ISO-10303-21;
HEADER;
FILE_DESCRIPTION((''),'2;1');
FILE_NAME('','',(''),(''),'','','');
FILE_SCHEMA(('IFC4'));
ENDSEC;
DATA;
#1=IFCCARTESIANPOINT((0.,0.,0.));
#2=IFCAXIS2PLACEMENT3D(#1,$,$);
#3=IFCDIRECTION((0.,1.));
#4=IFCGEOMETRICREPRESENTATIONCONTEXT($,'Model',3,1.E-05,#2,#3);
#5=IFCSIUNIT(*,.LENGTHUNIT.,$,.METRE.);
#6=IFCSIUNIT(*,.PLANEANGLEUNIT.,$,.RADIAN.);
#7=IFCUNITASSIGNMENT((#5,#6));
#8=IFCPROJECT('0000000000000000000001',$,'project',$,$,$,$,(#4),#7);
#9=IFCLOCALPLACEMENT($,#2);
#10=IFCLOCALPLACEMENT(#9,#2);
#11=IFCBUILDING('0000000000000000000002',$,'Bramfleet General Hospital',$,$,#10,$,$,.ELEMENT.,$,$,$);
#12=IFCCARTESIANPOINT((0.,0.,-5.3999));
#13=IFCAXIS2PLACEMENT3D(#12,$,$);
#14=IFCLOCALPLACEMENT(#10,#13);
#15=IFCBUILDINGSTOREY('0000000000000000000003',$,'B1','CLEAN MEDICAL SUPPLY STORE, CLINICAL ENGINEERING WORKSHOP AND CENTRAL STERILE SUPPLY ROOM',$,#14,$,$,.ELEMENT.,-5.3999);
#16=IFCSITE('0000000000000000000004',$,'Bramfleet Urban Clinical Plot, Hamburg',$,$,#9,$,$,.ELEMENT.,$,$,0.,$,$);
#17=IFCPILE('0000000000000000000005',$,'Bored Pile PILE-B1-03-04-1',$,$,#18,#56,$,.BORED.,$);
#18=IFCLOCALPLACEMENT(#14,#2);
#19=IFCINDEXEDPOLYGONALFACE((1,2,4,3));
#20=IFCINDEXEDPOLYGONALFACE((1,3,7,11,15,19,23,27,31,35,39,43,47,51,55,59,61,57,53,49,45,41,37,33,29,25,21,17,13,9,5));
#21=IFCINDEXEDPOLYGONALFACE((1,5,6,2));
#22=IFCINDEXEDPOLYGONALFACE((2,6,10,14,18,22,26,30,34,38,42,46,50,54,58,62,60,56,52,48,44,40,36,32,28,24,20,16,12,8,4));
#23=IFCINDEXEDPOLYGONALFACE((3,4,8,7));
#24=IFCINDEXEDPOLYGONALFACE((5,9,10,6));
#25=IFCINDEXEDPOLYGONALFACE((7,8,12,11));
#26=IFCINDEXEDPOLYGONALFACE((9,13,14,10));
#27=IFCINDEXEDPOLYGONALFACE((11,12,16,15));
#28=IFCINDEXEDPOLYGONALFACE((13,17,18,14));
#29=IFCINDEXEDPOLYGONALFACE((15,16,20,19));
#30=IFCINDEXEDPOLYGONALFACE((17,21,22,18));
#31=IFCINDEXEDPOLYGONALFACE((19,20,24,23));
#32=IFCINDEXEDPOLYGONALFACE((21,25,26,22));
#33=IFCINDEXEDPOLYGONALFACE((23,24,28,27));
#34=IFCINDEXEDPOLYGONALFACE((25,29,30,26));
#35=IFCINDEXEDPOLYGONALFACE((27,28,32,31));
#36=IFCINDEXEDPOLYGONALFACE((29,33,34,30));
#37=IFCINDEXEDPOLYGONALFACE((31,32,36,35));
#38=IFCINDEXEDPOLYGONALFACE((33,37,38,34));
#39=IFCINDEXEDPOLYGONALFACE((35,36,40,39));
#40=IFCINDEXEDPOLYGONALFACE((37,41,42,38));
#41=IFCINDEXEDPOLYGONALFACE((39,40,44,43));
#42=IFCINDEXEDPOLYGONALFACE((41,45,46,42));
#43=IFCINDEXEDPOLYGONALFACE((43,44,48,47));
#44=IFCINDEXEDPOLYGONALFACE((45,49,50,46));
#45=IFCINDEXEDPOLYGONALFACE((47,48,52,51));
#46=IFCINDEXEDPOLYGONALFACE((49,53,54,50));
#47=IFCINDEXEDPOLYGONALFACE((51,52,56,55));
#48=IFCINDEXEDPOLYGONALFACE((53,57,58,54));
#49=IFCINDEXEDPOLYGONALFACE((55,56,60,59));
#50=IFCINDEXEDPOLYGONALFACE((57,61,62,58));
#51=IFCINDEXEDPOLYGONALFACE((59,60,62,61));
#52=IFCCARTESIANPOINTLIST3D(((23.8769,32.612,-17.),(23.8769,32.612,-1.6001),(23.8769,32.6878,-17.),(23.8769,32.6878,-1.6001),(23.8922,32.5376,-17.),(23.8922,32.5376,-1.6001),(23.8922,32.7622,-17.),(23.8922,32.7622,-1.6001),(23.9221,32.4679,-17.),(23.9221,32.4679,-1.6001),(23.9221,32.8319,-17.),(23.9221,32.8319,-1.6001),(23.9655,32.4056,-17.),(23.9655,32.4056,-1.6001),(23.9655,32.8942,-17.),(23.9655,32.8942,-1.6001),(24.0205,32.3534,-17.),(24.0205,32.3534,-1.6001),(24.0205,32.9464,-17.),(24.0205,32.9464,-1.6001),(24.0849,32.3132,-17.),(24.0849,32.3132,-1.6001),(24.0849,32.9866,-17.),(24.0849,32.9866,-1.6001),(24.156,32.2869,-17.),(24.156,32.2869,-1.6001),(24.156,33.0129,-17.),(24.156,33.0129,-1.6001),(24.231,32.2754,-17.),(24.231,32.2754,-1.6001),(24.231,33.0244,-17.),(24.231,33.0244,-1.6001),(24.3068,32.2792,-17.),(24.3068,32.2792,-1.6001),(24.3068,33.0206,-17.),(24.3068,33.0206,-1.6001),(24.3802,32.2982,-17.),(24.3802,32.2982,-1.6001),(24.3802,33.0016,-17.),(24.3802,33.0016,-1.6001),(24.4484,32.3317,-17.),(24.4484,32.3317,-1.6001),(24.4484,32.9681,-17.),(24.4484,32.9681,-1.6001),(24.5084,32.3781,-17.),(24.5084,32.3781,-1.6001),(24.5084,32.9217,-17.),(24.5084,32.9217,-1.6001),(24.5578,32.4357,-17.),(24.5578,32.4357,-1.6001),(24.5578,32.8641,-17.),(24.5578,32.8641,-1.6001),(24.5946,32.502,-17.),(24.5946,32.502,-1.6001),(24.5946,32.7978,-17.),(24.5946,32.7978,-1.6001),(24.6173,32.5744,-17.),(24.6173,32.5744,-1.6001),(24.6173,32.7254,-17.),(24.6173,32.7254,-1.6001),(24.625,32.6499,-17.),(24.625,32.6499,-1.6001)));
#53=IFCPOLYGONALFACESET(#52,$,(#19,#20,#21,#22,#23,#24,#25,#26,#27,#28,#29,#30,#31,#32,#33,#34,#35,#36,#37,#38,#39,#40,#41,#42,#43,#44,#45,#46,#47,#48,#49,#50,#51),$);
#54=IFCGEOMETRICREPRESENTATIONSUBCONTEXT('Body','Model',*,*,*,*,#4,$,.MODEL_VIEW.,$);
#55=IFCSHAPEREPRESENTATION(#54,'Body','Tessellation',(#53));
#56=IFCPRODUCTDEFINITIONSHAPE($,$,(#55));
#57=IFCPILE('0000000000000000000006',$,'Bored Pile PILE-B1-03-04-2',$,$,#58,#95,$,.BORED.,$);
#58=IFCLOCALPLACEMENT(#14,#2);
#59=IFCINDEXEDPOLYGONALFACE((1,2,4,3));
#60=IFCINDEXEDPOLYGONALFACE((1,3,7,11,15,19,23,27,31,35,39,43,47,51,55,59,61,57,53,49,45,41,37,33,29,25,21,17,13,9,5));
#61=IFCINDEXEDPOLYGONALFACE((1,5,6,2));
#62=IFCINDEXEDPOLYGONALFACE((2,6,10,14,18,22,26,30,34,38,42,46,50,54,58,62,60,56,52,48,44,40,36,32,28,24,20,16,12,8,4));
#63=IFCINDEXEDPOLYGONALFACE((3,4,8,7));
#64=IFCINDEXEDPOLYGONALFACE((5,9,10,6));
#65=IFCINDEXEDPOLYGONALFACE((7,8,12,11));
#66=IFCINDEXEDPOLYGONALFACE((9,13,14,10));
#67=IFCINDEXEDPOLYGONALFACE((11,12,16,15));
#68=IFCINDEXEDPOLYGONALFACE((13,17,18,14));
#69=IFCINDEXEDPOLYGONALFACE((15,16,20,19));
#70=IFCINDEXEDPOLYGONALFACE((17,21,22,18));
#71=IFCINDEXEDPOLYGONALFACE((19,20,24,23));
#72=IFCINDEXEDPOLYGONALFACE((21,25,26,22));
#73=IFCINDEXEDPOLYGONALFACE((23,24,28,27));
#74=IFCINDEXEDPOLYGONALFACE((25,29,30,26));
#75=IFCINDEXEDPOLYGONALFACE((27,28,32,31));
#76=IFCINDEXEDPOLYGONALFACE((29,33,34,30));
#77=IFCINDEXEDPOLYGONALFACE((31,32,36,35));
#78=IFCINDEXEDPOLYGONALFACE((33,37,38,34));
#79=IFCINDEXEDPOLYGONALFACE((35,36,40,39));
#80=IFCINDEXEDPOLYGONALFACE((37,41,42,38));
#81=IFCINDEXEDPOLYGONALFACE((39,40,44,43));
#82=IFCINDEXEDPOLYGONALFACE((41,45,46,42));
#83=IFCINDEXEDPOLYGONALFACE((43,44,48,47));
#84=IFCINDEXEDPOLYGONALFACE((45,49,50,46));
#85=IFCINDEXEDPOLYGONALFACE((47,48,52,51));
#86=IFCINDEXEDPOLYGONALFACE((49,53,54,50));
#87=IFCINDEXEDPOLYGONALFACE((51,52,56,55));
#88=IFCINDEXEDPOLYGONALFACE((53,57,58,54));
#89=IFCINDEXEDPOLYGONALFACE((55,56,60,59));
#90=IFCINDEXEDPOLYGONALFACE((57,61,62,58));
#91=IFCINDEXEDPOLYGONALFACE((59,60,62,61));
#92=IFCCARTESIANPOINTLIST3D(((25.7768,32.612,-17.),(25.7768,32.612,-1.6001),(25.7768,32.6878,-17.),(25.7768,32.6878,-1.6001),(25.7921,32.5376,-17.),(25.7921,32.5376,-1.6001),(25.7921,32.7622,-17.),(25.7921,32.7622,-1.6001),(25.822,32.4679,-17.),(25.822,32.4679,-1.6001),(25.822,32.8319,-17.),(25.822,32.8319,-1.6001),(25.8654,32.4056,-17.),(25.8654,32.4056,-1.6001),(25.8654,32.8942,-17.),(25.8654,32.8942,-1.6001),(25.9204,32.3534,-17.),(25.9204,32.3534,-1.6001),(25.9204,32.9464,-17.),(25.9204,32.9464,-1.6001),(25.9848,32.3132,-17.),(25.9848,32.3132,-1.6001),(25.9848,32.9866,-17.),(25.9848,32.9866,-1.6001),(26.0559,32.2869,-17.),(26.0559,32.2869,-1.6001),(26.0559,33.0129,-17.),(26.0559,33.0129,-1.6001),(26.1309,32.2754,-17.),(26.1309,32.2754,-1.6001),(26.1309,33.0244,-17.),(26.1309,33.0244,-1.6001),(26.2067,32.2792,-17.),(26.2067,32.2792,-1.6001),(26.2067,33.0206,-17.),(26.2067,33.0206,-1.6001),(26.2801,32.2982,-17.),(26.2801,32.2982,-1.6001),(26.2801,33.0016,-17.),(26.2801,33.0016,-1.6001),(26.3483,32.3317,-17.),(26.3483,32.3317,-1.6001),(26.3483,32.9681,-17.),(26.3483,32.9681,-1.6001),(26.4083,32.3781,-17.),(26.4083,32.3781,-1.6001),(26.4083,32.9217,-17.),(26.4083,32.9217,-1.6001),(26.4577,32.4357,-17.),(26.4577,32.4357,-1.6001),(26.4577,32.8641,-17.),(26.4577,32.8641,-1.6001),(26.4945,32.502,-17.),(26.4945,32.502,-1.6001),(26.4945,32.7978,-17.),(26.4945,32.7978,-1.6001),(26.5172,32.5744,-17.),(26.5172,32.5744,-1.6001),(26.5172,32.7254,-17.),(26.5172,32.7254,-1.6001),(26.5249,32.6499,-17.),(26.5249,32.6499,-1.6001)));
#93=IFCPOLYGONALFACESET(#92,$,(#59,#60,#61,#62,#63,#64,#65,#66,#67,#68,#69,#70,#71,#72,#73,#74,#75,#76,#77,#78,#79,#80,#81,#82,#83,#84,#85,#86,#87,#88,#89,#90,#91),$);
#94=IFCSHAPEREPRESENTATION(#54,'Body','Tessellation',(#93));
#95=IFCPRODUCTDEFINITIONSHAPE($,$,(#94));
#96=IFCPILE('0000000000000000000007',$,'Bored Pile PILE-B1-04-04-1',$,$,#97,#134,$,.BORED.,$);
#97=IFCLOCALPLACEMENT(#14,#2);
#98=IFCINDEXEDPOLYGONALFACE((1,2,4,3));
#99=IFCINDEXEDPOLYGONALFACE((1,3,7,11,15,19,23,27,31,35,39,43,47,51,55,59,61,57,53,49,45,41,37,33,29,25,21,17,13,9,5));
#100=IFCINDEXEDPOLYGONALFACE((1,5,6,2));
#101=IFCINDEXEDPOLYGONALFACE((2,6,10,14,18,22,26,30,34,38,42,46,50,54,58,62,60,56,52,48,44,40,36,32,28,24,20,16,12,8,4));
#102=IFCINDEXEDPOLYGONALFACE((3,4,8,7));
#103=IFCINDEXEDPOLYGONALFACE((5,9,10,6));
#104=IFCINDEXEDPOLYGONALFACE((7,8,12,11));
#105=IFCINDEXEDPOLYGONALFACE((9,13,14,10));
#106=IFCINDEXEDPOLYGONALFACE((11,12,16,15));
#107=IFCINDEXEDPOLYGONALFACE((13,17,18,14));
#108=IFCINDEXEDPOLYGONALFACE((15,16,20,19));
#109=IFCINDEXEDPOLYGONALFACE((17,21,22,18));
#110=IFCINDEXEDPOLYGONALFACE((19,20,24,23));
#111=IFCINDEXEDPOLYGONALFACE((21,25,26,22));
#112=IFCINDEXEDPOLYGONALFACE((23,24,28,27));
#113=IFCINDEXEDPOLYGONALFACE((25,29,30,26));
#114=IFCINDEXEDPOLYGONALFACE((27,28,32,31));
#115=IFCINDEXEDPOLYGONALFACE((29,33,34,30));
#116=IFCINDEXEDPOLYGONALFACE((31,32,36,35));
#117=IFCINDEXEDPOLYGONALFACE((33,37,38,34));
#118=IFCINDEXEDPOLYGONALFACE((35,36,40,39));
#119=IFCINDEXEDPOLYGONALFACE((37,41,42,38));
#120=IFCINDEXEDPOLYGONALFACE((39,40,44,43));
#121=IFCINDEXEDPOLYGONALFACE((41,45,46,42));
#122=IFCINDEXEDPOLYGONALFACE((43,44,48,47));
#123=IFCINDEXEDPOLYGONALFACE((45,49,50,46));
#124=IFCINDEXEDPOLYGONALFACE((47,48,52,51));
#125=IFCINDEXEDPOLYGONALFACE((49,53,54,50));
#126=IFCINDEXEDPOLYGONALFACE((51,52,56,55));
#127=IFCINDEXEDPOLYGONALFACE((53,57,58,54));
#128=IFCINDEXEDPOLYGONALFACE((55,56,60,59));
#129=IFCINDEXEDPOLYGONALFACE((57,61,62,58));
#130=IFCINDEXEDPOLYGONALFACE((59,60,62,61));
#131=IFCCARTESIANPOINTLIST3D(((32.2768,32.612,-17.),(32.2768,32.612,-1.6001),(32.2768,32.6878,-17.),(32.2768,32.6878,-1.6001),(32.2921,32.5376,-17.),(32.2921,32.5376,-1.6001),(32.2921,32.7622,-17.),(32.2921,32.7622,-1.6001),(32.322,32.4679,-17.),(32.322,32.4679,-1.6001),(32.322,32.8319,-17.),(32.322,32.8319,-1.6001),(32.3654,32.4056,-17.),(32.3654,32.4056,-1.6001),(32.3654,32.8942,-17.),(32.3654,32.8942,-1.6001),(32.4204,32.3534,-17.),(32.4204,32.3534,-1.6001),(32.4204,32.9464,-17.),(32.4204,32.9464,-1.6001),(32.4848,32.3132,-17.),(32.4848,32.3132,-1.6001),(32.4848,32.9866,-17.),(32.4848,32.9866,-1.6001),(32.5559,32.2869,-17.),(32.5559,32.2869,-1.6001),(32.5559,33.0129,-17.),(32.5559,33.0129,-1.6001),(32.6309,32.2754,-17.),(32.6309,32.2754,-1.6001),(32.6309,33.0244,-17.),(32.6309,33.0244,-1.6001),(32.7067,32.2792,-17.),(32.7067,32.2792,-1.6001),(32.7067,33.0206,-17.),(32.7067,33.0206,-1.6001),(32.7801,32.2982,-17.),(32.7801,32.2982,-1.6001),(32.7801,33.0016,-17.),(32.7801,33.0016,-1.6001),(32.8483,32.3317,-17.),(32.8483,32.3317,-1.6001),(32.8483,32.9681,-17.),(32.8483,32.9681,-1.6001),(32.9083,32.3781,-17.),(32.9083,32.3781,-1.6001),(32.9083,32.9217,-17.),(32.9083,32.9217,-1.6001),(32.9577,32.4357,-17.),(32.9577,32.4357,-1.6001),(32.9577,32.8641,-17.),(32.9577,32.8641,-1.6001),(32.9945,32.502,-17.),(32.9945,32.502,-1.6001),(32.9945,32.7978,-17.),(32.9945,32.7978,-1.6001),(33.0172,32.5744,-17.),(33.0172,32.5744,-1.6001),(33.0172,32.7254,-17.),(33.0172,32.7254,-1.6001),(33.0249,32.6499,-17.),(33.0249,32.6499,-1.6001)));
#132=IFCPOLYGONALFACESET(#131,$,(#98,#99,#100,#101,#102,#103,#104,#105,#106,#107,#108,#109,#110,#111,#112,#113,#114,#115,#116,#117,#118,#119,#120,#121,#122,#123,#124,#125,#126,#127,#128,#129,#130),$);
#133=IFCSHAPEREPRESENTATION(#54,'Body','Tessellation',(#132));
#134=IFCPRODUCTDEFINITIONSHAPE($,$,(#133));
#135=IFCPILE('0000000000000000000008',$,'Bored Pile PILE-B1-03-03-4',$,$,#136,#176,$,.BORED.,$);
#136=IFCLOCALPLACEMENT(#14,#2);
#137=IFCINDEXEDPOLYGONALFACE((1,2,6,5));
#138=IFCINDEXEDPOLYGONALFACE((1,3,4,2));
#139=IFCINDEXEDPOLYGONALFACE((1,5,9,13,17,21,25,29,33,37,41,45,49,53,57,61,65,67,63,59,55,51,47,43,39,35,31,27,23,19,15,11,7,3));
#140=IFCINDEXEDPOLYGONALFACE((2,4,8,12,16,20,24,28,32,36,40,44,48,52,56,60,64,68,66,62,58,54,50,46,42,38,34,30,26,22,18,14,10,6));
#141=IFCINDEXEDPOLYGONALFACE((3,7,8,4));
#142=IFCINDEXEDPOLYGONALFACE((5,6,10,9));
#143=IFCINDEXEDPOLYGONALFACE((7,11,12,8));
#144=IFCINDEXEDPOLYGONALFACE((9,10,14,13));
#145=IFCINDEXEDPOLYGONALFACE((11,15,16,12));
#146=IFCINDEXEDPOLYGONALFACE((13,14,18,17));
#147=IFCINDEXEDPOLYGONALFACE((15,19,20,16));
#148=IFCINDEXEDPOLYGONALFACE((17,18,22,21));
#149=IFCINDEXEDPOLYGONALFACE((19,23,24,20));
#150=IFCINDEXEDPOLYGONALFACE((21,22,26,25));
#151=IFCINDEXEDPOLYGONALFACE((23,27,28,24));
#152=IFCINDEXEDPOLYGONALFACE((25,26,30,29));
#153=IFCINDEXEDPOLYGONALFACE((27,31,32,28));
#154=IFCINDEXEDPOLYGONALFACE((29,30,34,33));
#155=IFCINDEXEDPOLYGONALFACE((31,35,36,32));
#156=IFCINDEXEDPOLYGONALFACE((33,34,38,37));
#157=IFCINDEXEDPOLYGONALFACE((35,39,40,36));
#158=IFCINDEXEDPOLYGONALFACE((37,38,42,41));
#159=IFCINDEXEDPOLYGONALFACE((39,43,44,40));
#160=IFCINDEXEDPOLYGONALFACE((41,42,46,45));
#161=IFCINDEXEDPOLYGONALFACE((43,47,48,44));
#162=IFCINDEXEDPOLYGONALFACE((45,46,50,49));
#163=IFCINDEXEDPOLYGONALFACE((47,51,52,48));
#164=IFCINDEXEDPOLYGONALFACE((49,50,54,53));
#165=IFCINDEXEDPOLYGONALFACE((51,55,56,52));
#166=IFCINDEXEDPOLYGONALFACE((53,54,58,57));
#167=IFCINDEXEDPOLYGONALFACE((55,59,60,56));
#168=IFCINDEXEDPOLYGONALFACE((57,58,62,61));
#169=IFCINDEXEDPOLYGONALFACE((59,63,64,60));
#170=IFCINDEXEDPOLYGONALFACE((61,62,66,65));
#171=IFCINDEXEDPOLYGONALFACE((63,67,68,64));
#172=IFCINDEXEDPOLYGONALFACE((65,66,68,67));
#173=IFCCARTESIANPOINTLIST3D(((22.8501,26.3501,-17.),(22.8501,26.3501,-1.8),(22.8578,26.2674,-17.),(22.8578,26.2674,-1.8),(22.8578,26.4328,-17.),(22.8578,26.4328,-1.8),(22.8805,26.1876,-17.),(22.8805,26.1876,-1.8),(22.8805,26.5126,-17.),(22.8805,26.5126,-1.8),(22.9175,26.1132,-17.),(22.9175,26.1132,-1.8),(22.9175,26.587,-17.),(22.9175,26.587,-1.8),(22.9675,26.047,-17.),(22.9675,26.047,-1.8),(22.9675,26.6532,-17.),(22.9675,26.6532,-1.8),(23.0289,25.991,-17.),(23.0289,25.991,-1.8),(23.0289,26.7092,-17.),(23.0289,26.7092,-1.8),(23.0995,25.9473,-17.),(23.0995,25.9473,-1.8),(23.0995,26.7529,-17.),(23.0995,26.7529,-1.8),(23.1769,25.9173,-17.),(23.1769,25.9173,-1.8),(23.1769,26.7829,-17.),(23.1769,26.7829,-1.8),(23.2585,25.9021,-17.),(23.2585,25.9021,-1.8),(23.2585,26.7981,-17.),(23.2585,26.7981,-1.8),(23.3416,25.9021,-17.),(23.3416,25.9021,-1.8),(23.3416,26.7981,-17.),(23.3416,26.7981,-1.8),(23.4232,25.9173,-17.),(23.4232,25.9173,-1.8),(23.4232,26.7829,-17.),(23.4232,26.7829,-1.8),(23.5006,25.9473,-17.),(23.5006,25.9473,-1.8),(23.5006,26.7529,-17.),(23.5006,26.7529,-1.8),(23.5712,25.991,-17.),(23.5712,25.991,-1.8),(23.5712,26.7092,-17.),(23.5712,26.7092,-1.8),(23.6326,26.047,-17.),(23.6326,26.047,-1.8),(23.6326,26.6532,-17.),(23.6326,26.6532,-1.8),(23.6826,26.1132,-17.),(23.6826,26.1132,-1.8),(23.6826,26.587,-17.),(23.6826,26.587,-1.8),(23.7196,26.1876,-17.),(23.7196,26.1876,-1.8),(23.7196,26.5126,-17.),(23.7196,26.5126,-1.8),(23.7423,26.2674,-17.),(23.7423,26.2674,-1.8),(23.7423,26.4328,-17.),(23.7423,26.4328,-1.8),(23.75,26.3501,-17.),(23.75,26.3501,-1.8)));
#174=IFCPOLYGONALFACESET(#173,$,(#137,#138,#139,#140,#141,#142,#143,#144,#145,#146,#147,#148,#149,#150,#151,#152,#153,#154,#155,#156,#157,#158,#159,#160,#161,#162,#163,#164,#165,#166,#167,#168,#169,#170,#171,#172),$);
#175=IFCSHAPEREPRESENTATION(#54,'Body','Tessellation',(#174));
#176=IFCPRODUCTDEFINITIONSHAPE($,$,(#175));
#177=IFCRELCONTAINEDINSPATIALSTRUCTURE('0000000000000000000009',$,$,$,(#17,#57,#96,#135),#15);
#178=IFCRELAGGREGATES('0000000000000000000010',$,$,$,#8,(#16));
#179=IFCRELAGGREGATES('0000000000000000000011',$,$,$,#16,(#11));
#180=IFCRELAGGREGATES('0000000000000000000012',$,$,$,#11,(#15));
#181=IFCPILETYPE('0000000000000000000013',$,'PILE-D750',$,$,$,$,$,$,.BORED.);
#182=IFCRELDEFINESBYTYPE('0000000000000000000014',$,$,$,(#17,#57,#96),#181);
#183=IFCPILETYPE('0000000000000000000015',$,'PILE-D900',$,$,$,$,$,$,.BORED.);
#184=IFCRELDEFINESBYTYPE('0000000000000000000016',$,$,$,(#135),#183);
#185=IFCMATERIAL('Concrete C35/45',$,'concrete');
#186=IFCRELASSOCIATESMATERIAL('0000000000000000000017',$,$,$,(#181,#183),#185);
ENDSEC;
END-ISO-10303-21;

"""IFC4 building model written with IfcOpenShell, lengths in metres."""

from ifc_helpers import new_model, si_unit, direction, frame, origin, origin_2d, place, context, subcontext, project, spatial, circle, extrude, material, material_profile, profile_set, type_object, element, save


model = new_model("IFC4")

# Units and contexts
model_context = context("Model", 3, precision=1e-05, world=origin(), true_north=direction((0.0, 1.0)))
body_context = subcontext(model_context, "Body", "Model", "MODEL_VIEW")
ifc_project = project(units=[si_unit("LENGTHUNIT", "METRE"), si_unit("PLANEANGLEUNIT", "RADIAN")], contexts=[model_context])

# Site, building, storey
site_placement = place(None, origin())
site = spatial("IfcSite", under=ifc_project, at=site_placement, Name="Bramfleet Urban Clinical Plot, Hamburg", CompositionType="ELEMENT", RefElevation=0.0)
building_placement = place(site_placement, origin())
building = spatial("IfcBuilding", under=site, at=building_placement, Name="Bramfleet General Hospital", CompositionType="ELEMENT")
storey_placement = place(building_placement, frame((0.0, 0.0, -5.3999)))
storey = spatial("IfcBuildingStorey", under=building, at=storey_placement, Name="B1", Description="CLEAN MEDICAL SUPPLY STORE, CLINICAL ENGINEERING WORKSHOP AND CENTRAL STERILE SUPPLY ROOM", CompositionType="ELEMENT", Elevation=-5.3999)

# Shared definitions
ifc_material_1 = material(Name="Concrete C35/45", Category="concrete")

# Piles
ifc_material_profile_1 = material_profile(ifc_material_1, circle(Radius=0.375, at=origin_2d()), Name="PILE BORED D750")
ifc_profile_set_1 = profile_set([ifc_material_profile_1], Name="Concrete C35/45")
pile_type_1 = type_object("IfcPileType", Name="PILE-D750", PredefinedType="BORED", material=ifc_profile_set_1)
for number, where, z_axis, x_axis, name in (
    (1, (24.25, 32.6499, -1.6001), (0.0, 0.0, -1.0), (1.0, 0.0, 0.0), "Bored Pile PILE-B1-03-04-1"),
    (2, (26.1499, 32.6499, -1.6001), (0.0, 0.0, -1.0), (1.0, 0.0, 0.0), "Bored Pile PILE-B1-03-04-2"),
    (3, (32.6499, 32.6499, -1.6001), (0.0, 0.0, -1.0), (1.0, 0.0, 0.0), "Bored Pile PILE-B1-04-04-1"),
):
    element("IfcPile", number, at=place(storey_placement, frame(where, z_axis=z_axis, x_axis=x_axis)), inside=storey, type_object=pile_type_1, Name=name, PredefinedType="BORED", context=body_context, shape_type="SweptSolid", body=[
        extrude(circle(Radius=0.375, at=origin_2d()), origin(), (0.0, 0.0, 1.0), 15.3999),
    ])
ifc_material_profile_2 = material_profile(ifc_material_1, circle(Radius=0.45, at=origin_2d()), Name="PILE BORED D900")
ifc_profile_set_2 = profile_set([ifc_material_profile_2], Name="Concrete C35/45")
pile_type_2 = type_object("IfcPileType", Name="PILE-D900", PredefinedType="BORED", material=ifc_profile_set_2)
for number, where, z_axis, x_axis, name in (
    (4, (23.3, 26.3501, -1.8), (0.0, 0.0, -1.0), (1.0, 0.0, 0.0), "Bored Pile PILE-B1-03-03-4"),
):
    element("IfcPile", number, at=place(storey_placement, frame(where, z_axis=z_axis, x_axis=x_axis)), inside=storey, type_object=pile_type_2, Name=name, PredefinedType="BORED", context=body_context, shape_type="SweptSolid", body=[
        extrude(circle(Radius=0.45, at=origin_2d()), origin(), (0.0, 0.0, 1.0), 15.2),
    ])

save(model, "model.ifc")
